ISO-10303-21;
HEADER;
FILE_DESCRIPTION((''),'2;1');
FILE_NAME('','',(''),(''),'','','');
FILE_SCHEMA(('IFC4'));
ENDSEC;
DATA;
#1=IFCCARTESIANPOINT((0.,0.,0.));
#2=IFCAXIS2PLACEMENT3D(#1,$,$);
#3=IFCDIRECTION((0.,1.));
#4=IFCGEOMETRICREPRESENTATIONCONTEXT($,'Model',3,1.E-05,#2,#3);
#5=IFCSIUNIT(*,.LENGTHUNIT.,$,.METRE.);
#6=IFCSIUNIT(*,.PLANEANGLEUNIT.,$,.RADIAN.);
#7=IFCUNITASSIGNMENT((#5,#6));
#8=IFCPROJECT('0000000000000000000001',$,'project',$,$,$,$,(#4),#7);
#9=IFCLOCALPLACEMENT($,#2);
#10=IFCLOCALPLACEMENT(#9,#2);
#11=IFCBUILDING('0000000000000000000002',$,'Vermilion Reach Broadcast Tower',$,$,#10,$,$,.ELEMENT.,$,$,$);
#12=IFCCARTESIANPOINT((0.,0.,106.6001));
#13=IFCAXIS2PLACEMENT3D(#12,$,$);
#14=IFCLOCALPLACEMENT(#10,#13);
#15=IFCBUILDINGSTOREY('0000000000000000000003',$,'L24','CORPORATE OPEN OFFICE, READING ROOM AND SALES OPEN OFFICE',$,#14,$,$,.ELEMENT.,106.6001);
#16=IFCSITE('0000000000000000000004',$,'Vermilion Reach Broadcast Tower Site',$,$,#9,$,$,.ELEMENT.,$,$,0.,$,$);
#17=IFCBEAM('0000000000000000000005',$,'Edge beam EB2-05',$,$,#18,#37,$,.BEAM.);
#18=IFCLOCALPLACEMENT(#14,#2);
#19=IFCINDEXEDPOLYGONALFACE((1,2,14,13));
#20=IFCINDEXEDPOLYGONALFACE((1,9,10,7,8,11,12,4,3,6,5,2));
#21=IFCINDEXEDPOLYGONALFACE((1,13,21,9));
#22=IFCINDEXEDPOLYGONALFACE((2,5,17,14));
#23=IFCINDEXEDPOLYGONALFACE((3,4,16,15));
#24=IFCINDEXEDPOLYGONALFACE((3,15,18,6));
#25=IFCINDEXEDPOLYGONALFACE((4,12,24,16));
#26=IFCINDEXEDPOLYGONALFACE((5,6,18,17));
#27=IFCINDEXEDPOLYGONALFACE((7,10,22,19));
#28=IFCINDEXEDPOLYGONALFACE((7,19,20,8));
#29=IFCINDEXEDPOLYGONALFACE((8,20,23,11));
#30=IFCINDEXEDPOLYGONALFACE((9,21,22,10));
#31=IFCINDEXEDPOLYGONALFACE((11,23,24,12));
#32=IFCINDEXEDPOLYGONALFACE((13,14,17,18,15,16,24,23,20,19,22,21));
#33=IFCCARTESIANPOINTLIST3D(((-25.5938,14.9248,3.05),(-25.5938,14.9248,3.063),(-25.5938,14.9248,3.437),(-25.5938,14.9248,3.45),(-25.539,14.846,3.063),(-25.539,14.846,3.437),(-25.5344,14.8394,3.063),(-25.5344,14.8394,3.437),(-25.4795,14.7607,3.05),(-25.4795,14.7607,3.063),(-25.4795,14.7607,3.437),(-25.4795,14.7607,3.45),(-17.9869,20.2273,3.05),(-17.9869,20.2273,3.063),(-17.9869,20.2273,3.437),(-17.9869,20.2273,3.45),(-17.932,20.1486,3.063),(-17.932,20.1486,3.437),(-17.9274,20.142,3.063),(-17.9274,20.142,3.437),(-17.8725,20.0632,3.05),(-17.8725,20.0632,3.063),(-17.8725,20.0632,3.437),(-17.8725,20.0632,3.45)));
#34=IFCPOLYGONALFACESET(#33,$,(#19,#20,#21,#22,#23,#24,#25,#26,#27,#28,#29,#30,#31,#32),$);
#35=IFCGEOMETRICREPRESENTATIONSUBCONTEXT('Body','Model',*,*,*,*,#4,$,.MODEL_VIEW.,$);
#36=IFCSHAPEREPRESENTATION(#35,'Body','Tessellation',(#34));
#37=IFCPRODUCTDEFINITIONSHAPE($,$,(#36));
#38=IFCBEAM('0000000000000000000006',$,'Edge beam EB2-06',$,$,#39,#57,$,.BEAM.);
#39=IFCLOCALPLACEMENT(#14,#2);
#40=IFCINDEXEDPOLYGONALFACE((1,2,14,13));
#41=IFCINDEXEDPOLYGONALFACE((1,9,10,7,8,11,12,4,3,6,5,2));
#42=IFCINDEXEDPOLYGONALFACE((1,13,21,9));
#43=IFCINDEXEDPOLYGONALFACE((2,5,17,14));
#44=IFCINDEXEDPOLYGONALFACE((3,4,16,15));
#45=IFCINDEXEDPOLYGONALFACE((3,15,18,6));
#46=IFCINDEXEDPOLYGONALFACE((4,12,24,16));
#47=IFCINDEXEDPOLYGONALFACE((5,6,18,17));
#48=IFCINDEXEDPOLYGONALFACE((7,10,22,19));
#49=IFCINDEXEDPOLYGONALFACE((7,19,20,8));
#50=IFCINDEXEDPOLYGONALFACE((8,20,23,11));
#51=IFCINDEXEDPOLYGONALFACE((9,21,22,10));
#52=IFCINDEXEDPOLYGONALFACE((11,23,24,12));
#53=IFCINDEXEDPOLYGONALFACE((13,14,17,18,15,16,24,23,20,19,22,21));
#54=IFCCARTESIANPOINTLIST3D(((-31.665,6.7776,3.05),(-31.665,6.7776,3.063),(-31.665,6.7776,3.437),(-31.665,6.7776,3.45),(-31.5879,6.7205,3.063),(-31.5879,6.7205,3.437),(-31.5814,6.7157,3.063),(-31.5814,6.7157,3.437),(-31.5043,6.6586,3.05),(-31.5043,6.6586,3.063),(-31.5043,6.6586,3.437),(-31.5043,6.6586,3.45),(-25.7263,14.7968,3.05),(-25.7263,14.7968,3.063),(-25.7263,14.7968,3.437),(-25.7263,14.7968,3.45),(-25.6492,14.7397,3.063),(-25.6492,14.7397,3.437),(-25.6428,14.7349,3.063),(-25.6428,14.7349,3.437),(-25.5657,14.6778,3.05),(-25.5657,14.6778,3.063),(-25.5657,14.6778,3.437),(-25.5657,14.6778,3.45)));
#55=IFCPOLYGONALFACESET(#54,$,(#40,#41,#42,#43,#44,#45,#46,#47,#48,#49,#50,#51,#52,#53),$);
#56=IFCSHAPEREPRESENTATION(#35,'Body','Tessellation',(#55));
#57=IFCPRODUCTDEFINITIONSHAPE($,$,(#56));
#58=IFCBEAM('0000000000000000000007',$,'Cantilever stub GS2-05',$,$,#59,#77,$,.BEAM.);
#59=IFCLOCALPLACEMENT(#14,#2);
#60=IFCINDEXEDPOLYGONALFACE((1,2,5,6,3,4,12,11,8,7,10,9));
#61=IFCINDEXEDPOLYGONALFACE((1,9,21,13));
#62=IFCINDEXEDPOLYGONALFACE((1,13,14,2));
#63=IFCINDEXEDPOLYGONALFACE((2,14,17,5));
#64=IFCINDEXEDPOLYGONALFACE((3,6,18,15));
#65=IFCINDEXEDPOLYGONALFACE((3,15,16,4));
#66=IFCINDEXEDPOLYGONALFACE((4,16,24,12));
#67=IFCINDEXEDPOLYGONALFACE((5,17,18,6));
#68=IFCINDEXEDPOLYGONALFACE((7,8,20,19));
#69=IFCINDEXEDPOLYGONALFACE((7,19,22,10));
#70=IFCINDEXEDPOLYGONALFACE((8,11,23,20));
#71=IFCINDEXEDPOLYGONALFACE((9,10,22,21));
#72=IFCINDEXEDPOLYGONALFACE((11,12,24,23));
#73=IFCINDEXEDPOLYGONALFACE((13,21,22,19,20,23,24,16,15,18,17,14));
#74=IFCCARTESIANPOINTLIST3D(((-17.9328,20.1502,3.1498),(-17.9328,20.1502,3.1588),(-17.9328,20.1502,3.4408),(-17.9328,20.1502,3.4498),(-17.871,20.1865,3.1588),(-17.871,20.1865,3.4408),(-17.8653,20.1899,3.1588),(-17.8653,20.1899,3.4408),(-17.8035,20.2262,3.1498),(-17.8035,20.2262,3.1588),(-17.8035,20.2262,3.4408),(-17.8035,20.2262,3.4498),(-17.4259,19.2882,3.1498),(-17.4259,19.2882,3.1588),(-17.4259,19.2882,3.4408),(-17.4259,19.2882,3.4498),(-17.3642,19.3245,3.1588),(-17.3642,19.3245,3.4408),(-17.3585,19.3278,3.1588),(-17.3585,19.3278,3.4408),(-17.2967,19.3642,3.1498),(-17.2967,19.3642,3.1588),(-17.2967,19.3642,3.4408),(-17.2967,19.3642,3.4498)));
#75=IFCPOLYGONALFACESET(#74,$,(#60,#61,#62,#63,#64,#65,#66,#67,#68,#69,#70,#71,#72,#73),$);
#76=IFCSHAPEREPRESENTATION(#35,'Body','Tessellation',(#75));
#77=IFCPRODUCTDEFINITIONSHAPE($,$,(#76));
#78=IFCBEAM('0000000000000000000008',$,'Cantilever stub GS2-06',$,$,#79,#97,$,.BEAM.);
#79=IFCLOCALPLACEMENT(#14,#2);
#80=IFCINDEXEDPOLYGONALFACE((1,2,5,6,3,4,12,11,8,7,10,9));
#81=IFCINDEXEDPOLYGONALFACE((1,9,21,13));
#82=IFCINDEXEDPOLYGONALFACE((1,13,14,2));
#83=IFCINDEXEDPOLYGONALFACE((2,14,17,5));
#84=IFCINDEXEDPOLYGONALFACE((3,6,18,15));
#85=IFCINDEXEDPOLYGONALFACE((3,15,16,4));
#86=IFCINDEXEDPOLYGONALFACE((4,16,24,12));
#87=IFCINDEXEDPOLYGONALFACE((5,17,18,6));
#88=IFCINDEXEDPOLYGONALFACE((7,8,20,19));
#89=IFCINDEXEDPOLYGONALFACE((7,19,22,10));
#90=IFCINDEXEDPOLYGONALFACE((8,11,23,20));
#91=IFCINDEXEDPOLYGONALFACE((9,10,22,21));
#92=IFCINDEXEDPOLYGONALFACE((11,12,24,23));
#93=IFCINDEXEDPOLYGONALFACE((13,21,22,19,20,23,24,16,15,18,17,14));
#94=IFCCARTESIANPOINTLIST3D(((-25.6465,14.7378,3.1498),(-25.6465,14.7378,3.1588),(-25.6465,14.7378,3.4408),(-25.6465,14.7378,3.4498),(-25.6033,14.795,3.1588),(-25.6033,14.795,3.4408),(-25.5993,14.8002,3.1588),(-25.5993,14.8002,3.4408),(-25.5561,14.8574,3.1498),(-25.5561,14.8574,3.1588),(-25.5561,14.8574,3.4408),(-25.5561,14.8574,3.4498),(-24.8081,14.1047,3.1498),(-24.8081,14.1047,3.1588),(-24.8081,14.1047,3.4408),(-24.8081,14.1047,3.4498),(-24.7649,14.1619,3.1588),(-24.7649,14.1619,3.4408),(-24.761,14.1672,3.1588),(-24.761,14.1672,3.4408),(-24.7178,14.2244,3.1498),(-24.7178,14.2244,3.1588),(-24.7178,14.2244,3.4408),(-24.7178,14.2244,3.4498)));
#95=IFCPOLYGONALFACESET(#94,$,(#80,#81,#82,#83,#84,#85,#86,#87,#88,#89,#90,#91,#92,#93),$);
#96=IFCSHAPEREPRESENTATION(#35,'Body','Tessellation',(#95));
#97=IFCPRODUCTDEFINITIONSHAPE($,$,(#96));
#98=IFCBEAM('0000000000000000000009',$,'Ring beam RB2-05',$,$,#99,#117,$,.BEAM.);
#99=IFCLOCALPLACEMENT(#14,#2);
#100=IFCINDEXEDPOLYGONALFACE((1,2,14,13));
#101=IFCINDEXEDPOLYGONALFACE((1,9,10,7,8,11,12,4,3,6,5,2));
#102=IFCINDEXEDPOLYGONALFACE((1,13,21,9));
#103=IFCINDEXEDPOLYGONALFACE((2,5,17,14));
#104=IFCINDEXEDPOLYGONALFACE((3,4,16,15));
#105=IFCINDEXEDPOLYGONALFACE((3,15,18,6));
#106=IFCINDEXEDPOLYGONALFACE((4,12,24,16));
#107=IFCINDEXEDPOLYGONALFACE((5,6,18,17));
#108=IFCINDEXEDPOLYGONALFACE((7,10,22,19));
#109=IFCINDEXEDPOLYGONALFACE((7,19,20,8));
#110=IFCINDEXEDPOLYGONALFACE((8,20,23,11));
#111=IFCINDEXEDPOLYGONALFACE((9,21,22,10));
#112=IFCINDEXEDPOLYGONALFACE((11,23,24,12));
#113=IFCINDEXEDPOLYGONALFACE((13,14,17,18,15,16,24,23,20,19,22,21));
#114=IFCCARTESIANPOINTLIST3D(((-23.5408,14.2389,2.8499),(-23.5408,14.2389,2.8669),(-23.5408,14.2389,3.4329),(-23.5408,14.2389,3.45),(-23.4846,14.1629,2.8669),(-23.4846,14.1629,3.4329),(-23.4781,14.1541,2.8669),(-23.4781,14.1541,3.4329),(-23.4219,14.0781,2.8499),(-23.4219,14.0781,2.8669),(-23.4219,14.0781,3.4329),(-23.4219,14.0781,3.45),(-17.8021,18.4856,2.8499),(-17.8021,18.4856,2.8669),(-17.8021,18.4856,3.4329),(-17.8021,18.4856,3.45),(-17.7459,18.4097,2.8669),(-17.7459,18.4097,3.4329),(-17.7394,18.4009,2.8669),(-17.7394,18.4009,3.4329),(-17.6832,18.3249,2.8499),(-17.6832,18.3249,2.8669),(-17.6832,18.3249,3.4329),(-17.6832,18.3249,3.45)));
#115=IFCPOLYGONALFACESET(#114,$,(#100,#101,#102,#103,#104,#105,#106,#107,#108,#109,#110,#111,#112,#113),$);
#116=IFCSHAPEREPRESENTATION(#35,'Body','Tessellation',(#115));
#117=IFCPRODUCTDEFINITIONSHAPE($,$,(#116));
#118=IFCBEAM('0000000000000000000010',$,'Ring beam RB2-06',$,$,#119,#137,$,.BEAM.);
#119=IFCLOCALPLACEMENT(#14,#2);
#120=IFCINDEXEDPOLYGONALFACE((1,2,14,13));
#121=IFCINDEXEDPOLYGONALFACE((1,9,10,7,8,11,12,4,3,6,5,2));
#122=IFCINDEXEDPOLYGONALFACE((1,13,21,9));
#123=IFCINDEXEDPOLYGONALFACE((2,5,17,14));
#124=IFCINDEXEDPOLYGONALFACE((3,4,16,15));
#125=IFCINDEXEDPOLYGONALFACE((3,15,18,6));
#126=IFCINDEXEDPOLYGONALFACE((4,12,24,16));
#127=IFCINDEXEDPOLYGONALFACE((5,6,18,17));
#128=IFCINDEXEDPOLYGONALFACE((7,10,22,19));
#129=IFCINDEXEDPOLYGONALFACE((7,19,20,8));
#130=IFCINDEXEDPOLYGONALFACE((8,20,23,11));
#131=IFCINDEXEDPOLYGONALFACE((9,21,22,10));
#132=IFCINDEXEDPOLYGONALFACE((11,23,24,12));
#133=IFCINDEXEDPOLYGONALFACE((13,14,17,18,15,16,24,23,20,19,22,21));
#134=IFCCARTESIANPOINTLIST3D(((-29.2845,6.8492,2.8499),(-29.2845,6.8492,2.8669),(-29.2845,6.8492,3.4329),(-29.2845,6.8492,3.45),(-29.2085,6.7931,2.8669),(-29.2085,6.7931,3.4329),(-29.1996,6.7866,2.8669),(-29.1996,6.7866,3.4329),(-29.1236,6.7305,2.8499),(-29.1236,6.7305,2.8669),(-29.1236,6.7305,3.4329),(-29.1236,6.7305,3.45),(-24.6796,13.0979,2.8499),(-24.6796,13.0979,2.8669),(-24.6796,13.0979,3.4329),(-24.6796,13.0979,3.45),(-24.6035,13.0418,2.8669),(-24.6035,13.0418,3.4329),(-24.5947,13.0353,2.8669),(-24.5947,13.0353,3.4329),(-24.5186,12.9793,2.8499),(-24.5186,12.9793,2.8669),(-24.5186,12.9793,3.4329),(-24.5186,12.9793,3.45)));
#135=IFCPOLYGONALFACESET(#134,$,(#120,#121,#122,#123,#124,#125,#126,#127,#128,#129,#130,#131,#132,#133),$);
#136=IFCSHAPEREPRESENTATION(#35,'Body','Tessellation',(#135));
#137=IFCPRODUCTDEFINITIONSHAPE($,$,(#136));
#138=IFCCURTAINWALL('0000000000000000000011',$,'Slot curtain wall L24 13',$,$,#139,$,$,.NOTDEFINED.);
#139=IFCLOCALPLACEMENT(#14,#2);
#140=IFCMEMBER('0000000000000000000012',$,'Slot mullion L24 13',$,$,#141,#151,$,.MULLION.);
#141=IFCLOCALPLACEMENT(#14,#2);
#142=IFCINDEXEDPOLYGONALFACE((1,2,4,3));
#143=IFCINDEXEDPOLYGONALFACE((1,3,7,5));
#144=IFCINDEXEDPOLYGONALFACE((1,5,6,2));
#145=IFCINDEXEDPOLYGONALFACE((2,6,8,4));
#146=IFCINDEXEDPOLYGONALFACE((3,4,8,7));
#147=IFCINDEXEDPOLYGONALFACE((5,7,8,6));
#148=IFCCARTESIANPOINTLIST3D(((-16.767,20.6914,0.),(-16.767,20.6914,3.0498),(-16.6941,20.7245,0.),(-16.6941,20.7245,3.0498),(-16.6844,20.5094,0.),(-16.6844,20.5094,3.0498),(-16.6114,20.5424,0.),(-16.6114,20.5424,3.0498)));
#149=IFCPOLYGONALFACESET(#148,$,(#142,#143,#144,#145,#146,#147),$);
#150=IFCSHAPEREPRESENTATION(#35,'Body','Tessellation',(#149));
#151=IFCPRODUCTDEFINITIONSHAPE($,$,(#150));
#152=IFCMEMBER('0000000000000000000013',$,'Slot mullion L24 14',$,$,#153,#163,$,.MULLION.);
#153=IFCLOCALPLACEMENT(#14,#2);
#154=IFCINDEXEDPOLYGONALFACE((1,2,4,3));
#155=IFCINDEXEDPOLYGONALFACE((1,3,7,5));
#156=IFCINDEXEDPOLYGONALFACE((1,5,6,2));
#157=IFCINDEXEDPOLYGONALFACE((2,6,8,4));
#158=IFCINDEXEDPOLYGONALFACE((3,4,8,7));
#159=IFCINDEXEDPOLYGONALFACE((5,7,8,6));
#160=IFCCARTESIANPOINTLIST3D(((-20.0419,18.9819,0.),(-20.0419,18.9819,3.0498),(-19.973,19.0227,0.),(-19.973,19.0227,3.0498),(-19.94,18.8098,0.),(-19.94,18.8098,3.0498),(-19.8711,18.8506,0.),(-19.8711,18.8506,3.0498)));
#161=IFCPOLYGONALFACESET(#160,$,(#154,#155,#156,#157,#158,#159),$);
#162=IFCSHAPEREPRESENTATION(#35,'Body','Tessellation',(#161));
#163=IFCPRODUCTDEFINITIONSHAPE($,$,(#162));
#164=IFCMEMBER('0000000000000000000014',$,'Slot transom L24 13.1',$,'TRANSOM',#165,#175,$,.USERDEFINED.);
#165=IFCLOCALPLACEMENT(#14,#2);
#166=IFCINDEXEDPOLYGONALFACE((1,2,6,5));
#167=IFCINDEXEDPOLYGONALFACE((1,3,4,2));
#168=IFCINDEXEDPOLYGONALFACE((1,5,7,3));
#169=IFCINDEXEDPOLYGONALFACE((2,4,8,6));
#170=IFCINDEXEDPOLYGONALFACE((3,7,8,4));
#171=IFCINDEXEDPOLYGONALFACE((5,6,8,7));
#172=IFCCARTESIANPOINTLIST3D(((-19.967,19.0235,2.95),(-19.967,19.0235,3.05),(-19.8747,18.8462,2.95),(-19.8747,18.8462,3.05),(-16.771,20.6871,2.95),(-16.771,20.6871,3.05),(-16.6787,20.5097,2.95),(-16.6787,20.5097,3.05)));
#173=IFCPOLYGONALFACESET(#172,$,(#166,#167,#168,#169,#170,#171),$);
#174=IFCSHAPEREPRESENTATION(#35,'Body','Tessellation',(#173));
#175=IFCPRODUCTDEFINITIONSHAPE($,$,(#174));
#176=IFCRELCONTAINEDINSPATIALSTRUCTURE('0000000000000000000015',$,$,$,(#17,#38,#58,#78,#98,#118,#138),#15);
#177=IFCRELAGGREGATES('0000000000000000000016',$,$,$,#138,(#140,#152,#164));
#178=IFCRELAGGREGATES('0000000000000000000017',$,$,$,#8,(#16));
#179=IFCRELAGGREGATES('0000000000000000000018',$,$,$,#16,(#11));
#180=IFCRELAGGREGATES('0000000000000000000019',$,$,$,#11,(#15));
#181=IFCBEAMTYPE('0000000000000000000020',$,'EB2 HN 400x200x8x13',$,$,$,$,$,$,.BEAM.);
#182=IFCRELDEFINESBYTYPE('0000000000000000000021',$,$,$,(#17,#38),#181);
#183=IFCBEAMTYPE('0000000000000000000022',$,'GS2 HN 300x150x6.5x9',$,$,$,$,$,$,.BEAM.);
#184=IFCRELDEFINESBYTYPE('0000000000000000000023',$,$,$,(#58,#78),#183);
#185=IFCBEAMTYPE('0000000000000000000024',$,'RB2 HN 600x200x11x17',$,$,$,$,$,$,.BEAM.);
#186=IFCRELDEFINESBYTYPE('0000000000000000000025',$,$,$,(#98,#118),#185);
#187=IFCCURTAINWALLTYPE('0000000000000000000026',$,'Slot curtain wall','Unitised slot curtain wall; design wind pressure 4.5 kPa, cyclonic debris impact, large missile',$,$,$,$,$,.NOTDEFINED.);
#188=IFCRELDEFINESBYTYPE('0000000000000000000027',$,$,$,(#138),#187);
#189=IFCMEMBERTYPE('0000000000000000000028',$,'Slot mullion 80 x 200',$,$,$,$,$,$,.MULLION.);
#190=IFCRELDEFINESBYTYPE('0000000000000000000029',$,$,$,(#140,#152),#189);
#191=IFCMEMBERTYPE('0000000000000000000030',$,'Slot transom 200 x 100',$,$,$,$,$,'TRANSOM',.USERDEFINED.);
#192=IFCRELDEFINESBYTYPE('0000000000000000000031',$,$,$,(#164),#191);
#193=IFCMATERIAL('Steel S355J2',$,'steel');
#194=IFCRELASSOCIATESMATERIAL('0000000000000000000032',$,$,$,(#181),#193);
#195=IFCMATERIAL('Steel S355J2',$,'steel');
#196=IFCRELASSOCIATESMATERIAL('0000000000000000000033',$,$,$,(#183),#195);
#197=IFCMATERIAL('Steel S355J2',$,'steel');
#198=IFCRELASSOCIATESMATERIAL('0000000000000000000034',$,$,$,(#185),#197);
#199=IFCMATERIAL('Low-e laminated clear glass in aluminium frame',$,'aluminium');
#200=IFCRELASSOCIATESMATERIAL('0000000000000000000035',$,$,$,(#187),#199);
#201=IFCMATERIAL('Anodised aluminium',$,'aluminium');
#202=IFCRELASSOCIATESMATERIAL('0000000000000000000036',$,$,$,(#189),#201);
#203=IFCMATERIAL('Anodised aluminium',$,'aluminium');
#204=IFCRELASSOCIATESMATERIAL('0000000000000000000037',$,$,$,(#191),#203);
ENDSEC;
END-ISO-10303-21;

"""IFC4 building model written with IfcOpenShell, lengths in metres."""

from ifc_helpers import new_model, si_unit, direction, frame, origin, origin_2d, place, context, subcontext, project, spatial, rectangle, i_section, extrude, material, material_profile, profile_set, type_object, element, aggregate, save


model = new_model("IFC4")

# Units and contexts
model_context = context("Model", 3, precision=1e-05, world=origin(), true_north=direction((0.0, 1.0)))
body_context = subcontext(model_context, "Body", "Model", "MODEL_VIEW")
ifc_project = project(units=[si_unit("LENGTHUNIT", "METRE"), si_unit("PLANEANGLEUNIT", "RADIAN")], contexts=[model_context])

# Site, building, storey
site_placement = place(None, origin())
site = spatial("IfcSite", under=ifc_project, at=site_placement, Name="Vermilion Reach Broadcast Tower Site", CompositionType="ELEMENT", RefElevation=0.0)
building_placement = place(site_placement, origin())
building = spatial("IfcBuilding", under=site, at=building_placement, Name="Vermilion Reach Broadcast Tower", CompositionType="ELEMENT")
storey_placement = place(building_placement, frame((0.0, 0.0, 106.6001)))
storey = spatial("IfcBuildingStorey", under=building, at=storey_placement, Name="L24", Description="CORPORATE OPEN OFFICE, READING ROOM AND SALES OPEN OFFICE", CompositionType="ELEMENT", Elevation=106.6001)

# Beams
ifc_material_1 = material(Name="Steel S355J2", Category="steel")
ifc_material_profile_1 = material_profile(ifc_material_1, i_section(OverallWidth=0.2, OverallDepth=0.3999, WebThickness=0.0081, FlangeThickness=0.0129, at=origin_2d()), Name="S355J2 HN 400x200x8x13")
ifc_profile_set_1 = profile_set([ifc_material_profile_1], Name="Steel S355J2")
beam_type_1 = type_object("IfcBeamType", Name="EB2 HN 400x200x8x13", PredefinedType="BEAM", material=ifc_profile_set_1)
beam_1_placement = place(storey_placement, frame((-17.9297, 20.1453, 3.25), z_axis=(-0.820363, -0.571843, 0.0), x_axis=(0.571843, -0.820363, 0.0)))
element("IfcBeam", 1, at=beam_1_placement, inside=storey, type_object=beam_type_1, Name="Edge beam EB2-05", PredefinedType="BEAM", context=body_context, shape_type="SweptSolid", body=[
    extrude(i_section(OverallWidth=0.2, OverallDepth=0.3999, WebThickness=0.0081, FlangeThickness=0.0129, at=origin_2d()), origin(), (0.0, 0.0, 1.0), 9.2727),
])
beam_2_placement = place(storey_placement, frame((-25.646, 14.7373, 3.25), z_axis=(-0.595131, -0.803629, 0.0), x_axis=(0.803629, -0.595131, 0.0)))
element("IfcBeam", 2, at=beam_2_placement, inside=storey, type_object=beam_type_1, Name="Edge beam EB2-06", PredefinedType="BEAM", context=body_context, shape_type="SweptSolid", body=[
    extrude(i_section(OverallWidth=0.2, OverallDepth=0.3999, WebThickness=0.0081, FlangeThickness=0.0129, at=origin_2d()), origin(), (0.0, 0.0, 1.0), 9.9788),
])
ifc_material_2 = material(Name="Steel S355J2", Category="steel")
ifc_material_profile_2 = material_profile(ifc_material_2, i_section(OverallWidth=0.1499, OverallDepth=0.3, WebThickness=0.0066, FlangeThickness=0.009, at=origin_2d()), Name="S355J2 HN 300x150x6.5x9")
ifc_profile_set_2 = profile_set([ifc_material_profile_2], Name="Steel S355J2")
beam_type_2 = type_object("IfcBeamType", Name="GS2 HN 300x150x6.5x9", PredefinedType="BEAM", material=ifc_profile_set_2)
beam_3_placement = place(storey_placement, frame((-17.3613, 19.3262, 3.2998), z_axis=(-0.506828, 0.862047, 0.0), x_axis=(-0.862047, -0.506828, 0.0)))
element("IfcBeam", 3, at=beam_3_placement, inside=storey, type_object=beam_type_2, Name="Cantilever stub GS2-05", PredefinedType="BEAM", context=body_context, shape_type="SweptSolid", body=[
    extrude(i_section(OverallWidth=0.1499, OverallDepth=0.3, WebThickness=0.0066, FlangeThickness=0.009, at=origin_2d()), origin(), (0.0, 0.0, 1.0), 1.0),
])
beam_4_placement = place(storey_placement, frame((-24.7629, 14.1646, 3.2998), z_axis=(-0.798044, 0.6026, 0.0), x_axis=(-0.6026, -0.798044, 0.0)))
element("IfcBeam", 4, at=beam_4_placement, inside=storey, type_object=beam_type_2, Name="Cantilever stub GS2-06", PredefinedType="BEAM", context=body_context, shape_type="SweptSolid", body=[
    extrude(i_section(OverallWidth=0.1499, OverallDepth=0.3, WebThickness=0.0066, FlangeThickness=0.009, at=origin_2d()), origin(), (0.0, 0.0, 1.0), 1.0505),
])
ifc_material_3 = material(Name="Steel S355J2", Category="steel")
ifc_material_profile_3 = material_profile(ifc_material_3, i_section(OverallWidth=0.2, OverallDepth=0.6001, WebThickness=0.011, FlangeThickness=0.0171, at=origin_2d()), Name="S355J2 HN 600x200x11x17")
ifc_profile_set_3 = profile_set([ifc_material_profile_3], Name="Steel S355J2")
beam_type_3 = type_object("IfcBeamType", Name="RB2 HN 600x200x11x17", PredefinedType="BEAM", material=ifc_profile_set_3)
beam_5_placement = place(storey_placement, frame((-17.7427, 18.4053, 3.1499), z_axis=(-0.803833, -0.594855, 0.0), x_axis=(0.594855, -0.803833, 0.0)))
element("IfcBeam", 5, at=beam_5_placement, inside=storey, type_object=beam_type_3, Name="Ring beam RB2-05", PredefinedType="BEAM", context=body_context, shape_type="SweptSolid", body=[
    extrude(i_section(OverallWidth=0.2, OverallDepth=0.6001, WebThickness=0.011, FlangeThickness=0.0171, at=origin_2d()), origin(), (0.0, 0.0, 1.0), 7.1392),
])
beam_6_placement = place(storey_placement, frame((-24.5991, 13.0386, 3.1499), z_axis=(-0.593251, -0.805018, 0.0), x_axis=(0.805018, -0.593251, 0.0)))
element("IfcBeam", 6, at=beam_6_placement, inside=storey, type_object=beam_type_3, Name="Ring beam RB2-06", PredefinedType="BEAM", context=body_context, shape_type="SweptSolid", body=[
    extrude(i_section(OverallWidth=0.2, OverallDepth=0.6001, WebThickness=0.011, FlangeThickness=0.0171, at=origin_2d()), origin(), (0.0, 0.0, 1.0), 7.7622),
])

# Curtain wall, members
ifc_material_4 = material(Name="Low-e laminated clear glass in aluminium frame", Category="aluminium")
curtain_wall_type = type_object("IfcCurtainWallType", Name="Slot curtain wall", Description="Unitised slot curtain wall; design wind pressure 4.5 kPa, cyclonic debris impact, large missile", PredefinedType="NOTDEFINED", material=ifc_material_4)
curtain_wall_placement = place(storey_placement, origin())
curtain_wall = element("IfcCurtainWall", 7, at=curtain_wall_placement, inside=storey, type_object=curtain_wall_type, Name="Slot curtain wall L24 13", PredefinedType="NOTDEFINED")
ifc_material_5 = material(Name="Anodised aluminium", Category="aluminium")
ifc_material_profile_4 = material_profile(ifc_material_5, rectangle(XDim=0.2, YDim=0.0801, at=origin_2d()), Name="Slot mullion 80 x 200")
ifc_profile_set_4 = profile_set([ifc_material_profile_4], Name="Anodised aluminium")
member_type_1 = type_object("IfcMemberType", Name="Slot mullion 80 x 200", PredefinedType="MULLION", material=ifc_profile_set_4)
member_1_placement = place(storey_placement, frame((-16.6892, 20.6169, 0.0), z_axis=(0.0, 0.0, 1.0), x_axis=(0.413199, -0.910641, 0.0)))
member_1 = element("IfcMember", 8, at=member_1_placement, type_object=member_type_1, Name="Slot mullion L24 13", PredefinedType="MULLION", context=body_context, shape_type="SweptSolid", body=[
    extrude(rectangle(XDim=0.2, YDim=0.0801, at=origin_2d()), origin(), (0.0, 0.0, 1.0), 3.0498),
])
member_2_placement = place(storey_placement, frame((-19.9565, 18.9163, 0.0), z_axis=(0.0, 0.0, 1.0), x_axis=(0.509657, -0.860378, 0.0)))
member_2 = element("IfcMember", 9, at=member_2_placement, type_object=member_type_1, Name="Slot mullion L24 14", PredefinedType="MULLION", context=body_context, shape_type="SweptSolid", body=[
    extrude(rectangle(XDim=0.2, YDim=0.0801, at=origin_2d()), origin(), (0.0, 0.0, 1.0), 3.0498),
])
ifc_material_6 = material(Name="Anodised aluminium", Category="aluminium")
ifc_material_profile_5 = material_profile(ifc_material_6, rectangle(XDim=0.2, YDim=0.1001, at=origin_2d()), Name="Slot transom 200 x 100")
ifc_profile_set_5 = profile_set([ifc_material_profile_5], Name="Anodised aluminium")
member_type_2 = type_object("IfcMemberType", Name="Slot transom 200 x 100", ElementType="TRANSOM", PredefinedType="USERDEFINED", material=ifc_profile_set_5)
member_3_placement = place(storey_placement, frame((-16.7249, 20.5984, 3.0), z_axis=(-0.887031, -0.461709, 0.0), x_axis=(0.461709, -0.887031, 0.0)))
member_3 = element("IfcMember", 10, at=member_3_placement, type_object=member_type_2, Name="Slot transom L24 13.1", ObjectType="TRANSOM", PredefinedType="USERDEFINED", context=body_context, shape_type="SweptSolid", body=[
    extrude(rectangle(XDim=0.2, YDim=0.1001, at=origin_2d()), origin(), (0.0, 0.0, 1.0), 3.603),
])
aggregate(curtain_wall, [member_1, member_2, member_3])

save(model, "model.ifc")
